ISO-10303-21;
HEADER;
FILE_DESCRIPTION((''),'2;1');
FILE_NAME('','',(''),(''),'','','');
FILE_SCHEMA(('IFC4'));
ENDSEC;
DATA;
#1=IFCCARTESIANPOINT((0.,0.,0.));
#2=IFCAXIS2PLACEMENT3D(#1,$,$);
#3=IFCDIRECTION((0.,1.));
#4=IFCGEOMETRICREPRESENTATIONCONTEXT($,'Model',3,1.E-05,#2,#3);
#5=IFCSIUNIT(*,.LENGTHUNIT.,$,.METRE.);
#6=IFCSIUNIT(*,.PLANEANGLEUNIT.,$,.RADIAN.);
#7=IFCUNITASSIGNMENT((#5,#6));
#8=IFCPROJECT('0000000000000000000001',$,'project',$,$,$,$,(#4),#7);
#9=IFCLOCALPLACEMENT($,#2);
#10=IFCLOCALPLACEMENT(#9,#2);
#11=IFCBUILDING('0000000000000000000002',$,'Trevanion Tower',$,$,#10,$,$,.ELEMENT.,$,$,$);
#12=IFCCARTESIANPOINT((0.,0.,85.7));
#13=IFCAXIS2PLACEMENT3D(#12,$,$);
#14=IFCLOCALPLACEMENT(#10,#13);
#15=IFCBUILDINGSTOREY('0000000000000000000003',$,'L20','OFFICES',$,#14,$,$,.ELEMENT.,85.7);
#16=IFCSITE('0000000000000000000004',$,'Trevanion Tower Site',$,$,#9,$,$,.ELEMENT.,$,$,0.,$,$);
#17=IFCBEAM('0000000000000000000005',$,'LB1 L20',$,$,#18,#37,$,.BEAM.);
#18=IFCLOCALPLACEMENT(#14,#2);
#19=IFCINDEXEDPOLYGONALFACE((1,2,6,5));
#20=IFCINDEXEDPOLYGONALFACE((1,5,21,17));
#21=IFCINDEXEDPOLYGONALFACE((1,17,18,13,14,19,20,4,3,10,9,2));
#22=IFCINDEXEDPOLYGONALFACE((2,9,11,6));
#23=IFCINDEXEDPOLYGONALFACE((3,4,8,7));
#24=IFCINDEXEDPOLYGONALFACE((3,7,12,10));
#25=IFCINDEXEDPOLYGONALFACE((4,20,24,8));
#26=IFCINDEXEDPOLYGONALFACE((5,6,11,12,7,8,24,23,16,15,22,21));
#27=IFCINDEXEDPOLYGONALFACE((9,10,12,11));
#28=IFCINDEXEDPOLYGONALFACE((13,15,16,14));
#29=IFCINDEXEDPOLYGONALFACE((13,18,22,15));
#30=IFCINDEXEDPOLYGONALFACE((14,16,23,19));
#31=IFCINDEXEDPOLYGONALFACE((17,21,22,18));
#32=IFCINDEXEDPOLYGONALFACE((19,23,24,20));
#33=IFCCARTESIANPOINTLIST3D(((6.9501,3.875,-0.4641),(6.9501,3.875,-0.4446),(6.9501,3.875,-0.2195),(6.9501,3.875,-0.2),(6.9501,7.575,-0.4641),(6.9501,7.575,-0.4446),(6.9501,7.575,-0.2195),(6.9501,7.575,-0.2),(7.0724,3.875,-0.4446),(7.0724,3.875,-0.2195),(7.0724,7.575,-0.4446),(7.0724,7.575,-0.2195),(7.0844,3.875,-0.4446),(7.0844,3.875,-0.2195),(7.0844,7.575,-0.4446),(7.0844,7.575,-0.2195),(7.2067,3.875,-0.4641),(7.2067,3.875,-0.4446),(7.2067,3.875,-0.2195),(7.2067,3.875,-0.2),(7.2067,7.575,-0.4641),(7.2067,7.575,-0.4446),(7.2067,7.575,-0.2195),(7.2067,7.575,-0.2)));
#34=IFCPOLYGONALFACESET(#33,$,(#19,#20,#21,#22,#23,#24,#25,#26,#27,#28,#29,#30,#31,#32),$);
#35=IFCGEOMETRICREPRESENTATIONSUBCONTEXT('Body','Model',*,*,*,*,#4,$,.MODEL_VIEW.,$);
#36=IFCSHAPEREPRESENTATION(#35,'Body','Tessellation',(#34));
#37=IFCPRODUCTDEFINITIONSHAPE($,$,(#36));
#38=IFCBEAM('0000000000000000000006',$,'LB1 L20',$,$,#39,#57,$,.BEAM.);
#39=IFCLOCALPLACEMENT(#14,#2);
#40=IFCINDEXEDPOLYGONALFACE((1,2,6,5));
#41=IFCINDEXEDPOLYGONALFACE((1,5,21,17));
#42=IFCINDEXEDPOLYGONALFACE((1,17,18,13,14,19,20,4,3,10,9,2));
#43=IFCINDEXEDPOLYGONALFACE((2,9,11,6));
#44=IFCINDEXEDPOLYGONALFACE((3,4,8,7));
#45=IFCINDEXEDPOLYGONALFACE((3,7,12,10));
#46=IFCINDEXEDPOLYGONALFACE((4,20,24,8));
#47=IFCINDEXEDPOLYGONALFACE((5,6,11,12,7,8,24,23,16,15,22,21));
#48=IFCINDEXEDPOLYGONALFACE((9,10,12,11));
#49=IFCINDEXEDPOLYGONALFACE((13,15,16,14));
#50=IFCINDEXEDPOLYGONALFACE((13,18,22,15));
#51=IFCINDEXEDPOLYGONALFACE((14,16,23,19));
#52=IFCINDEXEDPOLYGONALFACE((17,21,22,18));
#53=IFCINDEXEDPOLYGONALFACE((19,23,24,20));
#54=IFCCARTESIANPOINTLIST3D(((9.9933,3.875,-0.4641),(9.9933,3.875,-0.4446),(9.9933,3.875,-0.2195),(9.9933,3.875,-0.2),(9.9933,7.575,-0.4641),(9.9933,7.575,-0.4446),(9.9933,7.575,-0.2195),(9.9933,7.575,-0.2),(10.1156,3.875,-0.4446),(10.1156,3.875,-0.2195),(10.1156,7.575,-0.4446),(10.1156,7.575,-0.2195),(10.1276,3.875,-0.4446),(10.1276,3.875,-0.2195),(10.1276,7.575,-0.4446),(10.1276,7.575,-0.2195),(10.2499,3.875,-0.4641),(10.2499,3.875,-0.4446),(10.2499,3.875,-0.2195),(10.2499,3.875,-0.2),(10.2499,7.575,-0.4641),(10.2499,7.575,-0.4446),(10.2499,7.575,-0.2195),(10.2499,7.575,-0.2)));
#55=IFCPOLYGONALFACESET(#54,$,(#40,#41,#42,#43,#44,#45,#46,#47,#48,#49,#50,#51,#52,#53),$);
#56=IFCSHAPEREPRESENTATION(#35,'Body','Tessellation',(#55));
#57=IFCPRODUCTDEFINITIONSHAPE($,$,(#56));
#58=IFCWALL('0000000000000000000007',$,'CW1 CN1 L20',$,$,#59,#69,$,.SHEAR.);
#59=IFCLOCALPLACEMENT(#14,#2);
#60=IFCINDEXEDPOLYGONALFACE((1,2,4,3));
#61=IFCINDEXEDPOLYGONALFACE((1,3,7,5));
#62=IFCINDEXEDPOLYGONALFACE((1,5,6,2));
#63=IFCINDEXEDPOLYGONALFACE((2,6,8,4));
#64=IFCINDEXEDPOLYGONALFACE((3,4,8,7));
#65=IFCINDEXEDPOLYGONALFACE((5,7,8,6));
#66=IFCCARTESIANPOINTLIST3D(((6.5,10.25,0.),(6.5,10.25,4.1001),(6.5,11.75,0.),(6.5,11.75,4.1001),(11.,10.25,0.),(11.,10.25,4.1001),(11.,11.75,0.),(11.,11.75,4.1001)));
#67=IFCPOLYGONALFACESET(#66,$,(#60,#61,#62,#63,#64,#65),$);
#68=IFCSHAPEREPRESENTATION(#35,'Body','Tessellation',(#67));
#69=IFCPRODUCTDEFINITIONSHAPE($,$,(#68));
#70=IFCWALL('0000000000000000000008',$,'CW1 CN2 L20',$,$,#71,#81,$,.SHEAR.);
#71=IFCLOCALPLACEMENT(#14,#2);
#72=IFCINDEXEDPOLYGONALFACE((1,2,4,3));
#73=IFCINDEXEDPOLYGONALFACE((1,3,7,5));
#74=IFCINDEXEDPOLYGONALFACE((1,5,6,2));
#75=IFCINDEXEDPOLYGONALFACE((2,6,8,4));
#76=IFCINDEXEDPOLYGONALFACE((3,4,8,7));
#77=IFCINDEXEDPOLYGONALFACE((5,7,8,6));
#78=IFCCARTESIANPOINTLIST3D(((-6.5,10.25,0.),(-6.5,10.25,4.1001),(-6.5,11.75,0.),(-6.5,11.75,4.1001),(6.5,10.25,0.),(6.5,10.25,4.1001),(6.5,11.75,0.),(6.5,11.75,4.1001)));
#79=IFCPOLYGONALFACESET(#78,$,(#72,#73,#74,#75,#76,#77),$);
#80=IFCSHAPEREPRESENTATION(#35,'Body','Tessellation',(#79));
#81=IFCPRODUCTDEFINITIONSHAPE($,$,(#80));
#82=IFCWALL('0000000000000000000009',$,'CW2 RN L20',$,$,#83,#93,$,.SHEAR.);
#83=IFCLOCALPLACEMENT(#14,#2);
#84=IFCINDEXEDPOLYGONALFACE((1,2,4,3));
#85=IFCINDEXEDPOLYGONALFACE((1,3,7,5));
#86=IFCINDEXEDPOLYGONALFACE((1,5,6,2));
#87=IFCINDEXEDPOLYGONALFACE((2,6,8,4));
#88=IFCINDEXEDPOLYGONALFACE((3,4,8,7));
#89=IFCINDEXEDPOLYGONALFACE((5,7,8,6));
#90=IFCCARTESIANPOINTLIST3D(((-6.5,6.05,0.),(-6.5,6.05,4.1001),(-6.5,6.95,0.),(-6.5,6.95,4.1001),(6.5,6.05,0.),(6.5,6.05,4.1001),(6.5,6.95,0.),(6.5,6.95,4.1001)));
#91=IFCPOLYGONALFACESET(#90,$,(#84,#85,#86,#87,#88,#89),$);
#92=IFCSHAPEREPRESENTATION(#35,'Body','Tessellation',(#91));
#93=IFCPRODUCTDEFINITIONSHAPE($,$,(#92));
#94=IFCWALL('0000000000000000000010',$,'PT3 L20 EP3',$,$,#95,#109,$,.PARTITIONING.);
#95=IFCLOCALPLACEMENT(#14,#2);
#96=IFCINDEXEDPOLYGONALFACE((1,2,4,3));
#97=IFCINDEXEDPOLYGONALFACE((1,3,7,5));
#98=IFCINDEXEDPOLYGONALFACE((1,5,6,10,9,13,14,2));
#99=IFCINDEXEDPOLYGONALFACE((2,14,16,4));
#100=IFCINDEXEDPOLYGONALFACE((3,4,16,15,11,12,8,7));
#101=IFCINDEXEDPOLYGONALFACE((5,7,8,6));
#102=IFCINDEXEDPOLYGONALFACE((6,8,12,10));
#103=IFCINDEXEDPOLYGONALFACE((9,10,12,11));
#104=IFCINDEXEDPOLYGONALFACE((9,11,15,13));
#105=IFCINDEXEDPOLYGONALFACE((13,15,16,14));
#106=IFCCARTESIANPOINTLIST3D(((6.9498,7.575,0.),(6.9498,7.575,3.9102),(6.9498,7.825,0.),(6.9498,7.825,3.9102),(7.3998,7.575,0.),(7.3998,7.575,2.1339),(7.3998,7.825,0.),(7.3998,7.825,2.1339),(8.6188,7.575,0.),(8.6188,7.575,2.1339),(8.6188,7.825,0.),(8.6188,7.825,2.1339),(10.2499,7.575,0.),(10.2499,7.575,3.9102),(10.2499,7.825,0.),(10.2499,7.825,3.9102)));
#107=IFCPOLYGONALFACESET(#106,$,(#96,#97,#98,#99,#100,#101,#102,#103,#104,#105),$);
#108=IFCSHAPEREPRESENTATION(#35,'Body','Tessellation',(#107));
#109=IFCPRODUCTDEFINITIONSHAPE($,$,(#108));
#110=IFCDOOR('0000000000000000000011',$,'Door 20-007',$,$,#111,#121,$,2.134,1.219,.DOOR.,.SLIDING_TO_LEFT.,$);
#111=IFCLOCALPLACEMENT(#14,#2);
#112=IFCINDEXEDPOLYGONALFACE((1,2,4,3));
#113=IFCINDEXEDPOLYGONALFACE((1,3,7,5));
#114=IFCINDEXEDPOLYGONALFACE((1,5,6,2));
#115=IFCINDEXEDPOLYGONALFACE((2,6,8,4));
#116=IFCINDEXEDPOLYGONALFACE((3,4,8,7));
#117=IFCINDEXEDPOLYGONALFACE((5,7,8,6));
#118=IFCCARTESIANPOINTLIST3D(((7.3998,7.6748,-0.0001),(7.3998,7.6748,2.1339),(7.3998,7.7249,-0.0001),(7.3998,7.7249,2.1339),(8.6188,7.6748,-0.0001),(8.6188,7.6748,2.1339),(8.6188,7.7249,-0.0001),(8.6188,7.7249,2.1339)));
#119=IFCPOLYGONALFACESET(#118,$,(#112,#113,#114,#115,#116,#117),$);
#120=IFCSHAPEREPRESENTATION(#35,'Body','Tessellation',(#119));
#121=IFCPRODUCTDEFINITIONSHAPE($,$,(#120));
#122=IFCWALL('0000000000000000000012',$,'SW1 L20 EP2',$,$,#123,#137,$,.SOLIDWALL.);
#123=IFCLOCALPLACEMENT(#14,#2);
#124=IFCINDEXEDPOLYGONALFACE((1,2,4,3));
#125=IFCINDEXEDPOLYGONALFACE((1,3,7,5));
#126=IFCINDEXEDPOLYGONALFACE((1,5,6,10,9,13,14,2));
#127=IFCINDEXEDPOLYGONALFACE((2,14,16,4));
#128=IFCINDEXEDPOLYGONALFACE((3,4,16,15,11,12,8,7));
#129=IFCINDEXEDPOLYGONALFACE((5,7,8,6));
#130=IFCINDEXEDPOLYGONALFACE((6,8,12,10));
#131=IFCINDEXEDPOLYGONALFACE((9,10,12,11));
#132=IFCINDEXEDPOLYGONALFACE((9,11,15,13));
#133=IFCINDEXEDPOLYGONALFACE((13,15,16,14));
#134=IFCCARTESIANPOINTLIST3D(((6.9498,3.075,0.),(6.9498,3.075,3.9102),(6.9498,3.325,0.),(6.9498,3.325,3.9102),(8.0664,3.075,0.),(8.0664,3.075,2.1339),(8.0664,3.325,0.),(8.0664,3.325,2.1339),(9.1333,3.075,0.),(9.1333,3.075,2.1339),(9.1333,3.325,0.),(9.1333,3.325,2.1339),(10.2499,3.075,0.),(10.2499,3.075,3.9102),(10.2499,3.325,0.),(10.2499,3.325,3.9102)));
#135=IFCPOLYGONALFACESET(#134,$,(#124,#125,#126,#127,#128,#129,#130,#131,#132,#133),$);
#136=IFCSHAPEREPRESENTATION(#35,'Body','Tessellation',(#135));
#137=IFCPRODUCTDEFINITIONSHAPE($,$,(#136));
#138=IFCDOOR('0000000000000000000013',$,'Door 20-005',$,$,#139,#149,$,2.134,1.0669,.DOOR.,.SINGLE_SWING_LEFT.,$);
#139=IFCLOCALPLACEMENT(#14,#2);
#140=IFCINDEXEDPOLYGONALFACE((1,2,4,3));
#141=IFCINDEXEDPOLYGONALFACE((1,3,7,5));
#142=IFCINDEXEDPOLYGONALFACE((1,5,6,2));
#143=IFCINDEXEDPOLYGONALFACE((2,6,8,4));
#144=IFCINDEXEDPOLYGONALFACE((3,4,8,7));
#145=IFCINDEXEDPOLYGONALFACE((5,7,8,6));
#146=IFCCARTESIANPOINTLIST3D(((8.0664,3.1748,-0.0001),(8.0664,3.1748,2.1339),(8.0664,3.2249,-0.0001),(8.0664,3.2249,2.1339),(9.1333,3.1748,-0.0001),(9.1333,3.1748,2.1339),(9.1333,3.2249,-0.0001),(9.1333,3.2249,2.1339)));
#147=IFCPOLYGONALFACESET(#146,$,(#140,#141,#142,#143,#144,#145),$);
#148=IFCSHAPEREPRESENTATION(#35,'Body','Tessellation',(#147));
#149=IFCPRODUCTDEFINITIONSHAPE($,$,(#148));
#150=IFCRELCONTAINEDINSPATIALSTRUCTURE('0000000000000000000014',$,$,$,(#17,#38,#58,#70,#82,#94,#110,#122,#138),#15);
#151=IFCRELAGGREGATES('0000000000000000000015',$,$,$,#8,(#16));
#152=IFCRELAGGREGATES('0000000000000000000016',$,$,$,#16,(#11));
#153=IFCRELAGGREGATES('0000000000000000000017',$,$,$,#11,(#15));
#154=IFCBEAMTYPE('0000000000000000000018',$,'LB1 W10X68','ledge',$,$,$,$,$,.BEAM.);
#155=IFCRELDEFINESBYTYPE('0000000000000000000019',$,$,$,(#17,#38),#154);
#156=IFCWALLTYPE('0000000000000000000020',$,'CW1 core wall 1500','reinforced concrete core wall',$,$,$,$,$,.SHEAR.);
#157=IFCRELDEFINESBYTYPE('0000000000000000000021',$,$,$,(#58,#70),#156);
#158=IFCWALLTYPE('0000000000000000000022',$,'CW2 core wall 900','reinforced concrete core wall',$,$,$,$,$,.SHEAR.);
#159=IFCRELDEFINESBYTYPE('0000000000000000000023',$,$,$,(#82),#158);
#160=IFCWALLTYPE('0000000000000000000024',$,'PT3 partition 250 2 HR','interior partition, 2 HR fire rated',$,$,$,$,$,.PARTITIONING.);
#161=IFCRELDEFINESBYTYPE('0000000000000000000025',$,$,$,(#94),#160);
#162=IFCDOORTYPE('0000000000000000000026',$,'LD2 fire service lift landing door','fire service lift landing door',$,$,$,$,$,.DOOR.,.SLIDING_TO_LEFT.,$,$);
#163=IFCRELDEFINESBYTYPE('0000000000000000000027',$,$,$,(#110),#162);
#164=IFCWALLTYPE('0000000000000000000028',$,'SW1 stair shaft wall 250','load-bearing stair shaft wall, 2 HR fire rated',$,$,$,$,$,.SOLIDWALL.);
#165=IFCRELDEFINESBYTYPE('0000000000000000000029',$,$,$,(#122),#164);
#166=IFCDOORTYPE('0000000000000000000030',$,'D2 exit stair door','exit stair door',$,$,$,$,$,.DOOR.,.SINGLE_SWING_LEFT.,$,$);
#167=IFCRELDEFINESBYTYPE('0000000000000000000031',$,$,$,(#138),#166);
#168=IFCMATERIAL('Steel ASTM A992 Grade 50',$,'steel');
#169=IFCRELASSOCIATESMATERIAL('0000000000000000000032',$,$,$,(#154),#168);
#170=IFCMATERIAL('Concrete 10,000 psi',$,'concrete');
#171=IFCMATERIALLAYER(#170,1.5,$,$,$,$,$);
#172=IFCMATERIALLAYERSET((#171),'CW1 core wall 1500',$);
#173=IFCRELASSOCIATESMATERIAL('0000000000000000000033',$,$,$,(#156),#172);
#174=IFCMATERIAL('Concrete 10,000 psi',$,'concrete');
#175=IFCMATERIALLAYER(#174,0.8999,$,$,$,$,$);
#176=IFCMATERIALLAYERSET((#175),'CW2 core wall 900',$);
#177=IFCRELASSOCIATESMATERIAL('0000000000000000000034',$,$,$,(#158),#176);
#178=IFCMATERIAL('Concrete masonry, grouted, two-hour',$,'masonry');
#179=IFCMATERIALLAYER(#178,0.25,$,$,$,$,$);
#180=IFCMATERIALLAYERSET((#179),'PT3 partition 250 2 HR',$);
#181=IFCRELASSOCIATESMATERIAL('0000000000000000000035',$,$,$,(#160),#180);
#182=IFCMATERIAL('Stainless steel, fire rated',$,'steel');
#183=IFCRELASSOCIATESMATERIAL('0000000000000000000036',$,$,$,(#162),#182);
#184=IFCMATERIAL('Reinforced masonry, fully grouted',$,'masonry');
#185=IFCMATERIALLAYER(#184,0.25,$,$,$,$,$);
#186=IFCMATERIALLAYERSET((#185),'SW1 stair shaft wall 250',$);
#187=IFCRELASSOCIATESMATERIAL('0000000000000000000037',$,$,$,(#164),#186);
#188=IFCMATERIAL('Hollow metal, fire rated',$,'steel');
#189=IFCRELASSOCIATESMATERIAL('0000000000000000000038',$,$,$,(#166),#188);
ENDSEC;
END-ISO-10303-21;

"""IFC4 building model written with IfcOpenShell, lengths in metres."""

from ifc_helpers import new_model, si_unit, direction, frame, frame_2d, origin, origin_2d, place, context, subcontext, project, spatial, rectangle, i_section, extrude, material, layer, layer_set, material_profile, profile_set, type_object, element, fill, save


model = new_model("IFC4")

# Units and contexts
model_context = context("Model", 3, precision=1e-05, world=origin(), true_north=direction((0.0, 1.0)))
body_context = subcontext(model_context, "Body", "Model", "MODEL_VIEW")
ifc_project = project(units=[si_unit("LENGTHUNIT", "METRE"), si_unit("PLANEANGLEUNIT", "RADIAN")], contexts=[model_context])

# Site, building, storey
site_placement = place(None, origin())
site = spatial("IfcSite", under=ifc_project, at=site_placement, Name="Trevanion Tower Site", CompositionType="ELEMENT", RefElevation=0.0)
building_placement = place(site_placement, origin())
building = spatial("IfcBuilding", under=site, at=building_placement, Name="Trevanion Tower", CompositionType="ELEMENT")
storey_placement = place(building_placement, frame((0.0, 0.0, 85.7)))
storey = spatial("IfcBuildingStorey", under=building, at=storey_placement, Name="L20", Description="OFFICES", CompositionType="ELEMENT", Elevation=85.7)

# Beams
ifc_material_1 = material(Name="Steel ASTM A992 Grade 50", Category="steel")
ifc_material_profile_1 = material_profile(ifc_material_1, i_section(OverallWidth=0.2566, OverallDepth=0.2642, WebThickness=0.012, FlangeThickness=0.0195, at=origin_2d()), Name="W10X68")
ifc_profile_set_1 = profile_set([ifc_material_profile_1], Name="Steel ASTM A992 Grade 50")
beam_type_1 = type_object("IfcBeamType", Name="LB1 W10X68", Description="ledge", PredefinedType="BEAM", material=ifc_profile_set_1)
for number, where, z_axis, x_axis, name in (
    (1, (7.0784, 3.875, -0.332), (0.0, 1.0, 0.0), (-1.0, 0.0, 0.0), "LB1 L20"),
    (2, (10.1216, 3.875, -0.332), (0.0, 1.0, 0.0), (-1.0, 0.0, 0.0), "LB1 L20"),
):
    element("IfcBeam", number, at=place(storey_placement, frame(where, z_axis=z_axis, x_axis=x_axis)), inside=storey, type_object=beam_type_1, Name=name, PredefinedType="BEAM", context=body_context, shape_type="SweptSolid", body=[
        extrude(i_section(OverallWidth=0.2566, OverallDepth=0.2642, WebThickness=0.012, FlangeThickness=0.0195, at=origin_2d()), origin(), (0.0, 0.0, 1.0), 3.7),
    ])

# Walls
ifc_material_2 = material(Name="Concrete 10,000 psi", Category="concrete")
ifc_layer_1 = layer(ifc_material_2, 1.5)
ifc_layer_set_1 = layer_set([ifc_layer_1], Name="CW1 core wall 1500")
wall_type_1 = type_object("IfcWallType", Name="CW1 core wall 1500", Description="reinforced concrete core wall", PredefinedType="SHEAR", material=ifc_layer_set_1)
wall_1_placement = place(storey_placement, frame((11.0, 11.0, 0.0), z_axis=(0.0, 0.0, 1.0), x_axis=(-1.0, 0.0, 0.0)))
element("IfcWall", 3, at=wall_1_placement, inside=storey, type_object=wall_type_1, Name="CW1 CN1 L20", PredefinedType="SHEAR", context=body_context, shape_type="SweptSolid", body=[
    extrude(rectangle(XDim=4.5, YDim=1.5, at=frame_2d((2.25, 0.0))), origin(), (0.0, 0.0, 1.0), 4.1001),
])
wall_2_placement = place(storey_placement, frame((6.5, 11.0, 0.0), z_axis=(0.0, 0.0, 1.0), x_axis=(-1.0, 0.0, 0.0)))
element("IfcWall", 4, at=wall_2_placement, inside=storey, type_object=wall_type_1, Name="CW1 CN2 L20", PredefinedType="SHEAR", context=body_context, shape_type="SweptSolid", body=[
    extrude(rectangle(XDim=13.0, YDim=1.5, at=frame_2d((6.5, 0.0))), origin(), (0.0, 0.0, 1.0), 4.1001),
])
ifc_material_3 = material(Name="Concrete 10,000 psi", Category="concrete")
ifc_layer_2 = layer(ifc_material_3, 0.8999)
ifc_layer_set_2 = layer_set([ifc_layer_2], Name="CW2 core wall 900")
wall_type_2 = type_object("IfcWallType", Name="CW2 core wall 900", Description="reinforced concrete core wall", PredefinedType="SHEAR", material=ifc_layer_set_2)
wall_3_placement = place(storey_placement, frame((6.5, 6.5, 0.0), z_axis=(0.0, 0.0, 1.0), x_axis=(-1.0, 0.0, 0.0)))
element("IfcWall", 5, at=wall_3_placement, inside=storey, type_object=wall_type_2, Name="CW2 RN L20", PredefinedType="SHEAR", context=body_context, shape_type="SweptSolid", body=[
    extrude(rectangle(XDim=13.0, YDim=0.8999, at=frame_2d((6.5, 0.0))), origin(), (0.0, 0.0, 1.0), 4.1001),
])

# Walls, openings, doors
ifc_material_4 = material(Name="Concrete masonry, grouted, two-hour", Category="masonry")
ifc_layer_3 = layer(ifc_material_4, 0.25)
ifc_layer_set_3 = layer_set([ifc_layer_3], Name="PT3 partition 250 2 HR")
wall_type_3 = type_object("IfcWallType", Name="PT3 partition 250 2 HR", Description="interior partition, 2 HR fire rated", PredefinedType="PARTITIONING", material=ifc_layer_set_3)
wall_4_placement = place(storey_placement, frame((6.95, 7.7, 0.0), z_axis=(0.0, 0.0, 1.0), x_axis=(1.0, 0.0, 0.0)))
wall_4 = element("IfcWall", 6, at=wall_4_placement, inside=storey, type_object=wall_type_3, Name="PT3 L20 EP3", PredefinedType="PARTITIONING", context=body_context, shape_type="SweptSolid", body=[
    extrude(rectangle(XDim=3.3, YDim=0.25, at=frame_2d((1.6499, 0.0))), origin(), (0.0, 0.0, 1.0), 3.9102),
])
opening_1_placement = place(wall_4_placement, frame((0.45, 0.0, 0.0)))
opening_1 = element("IfcOpeningElement", 7, at=opening_1_placement, cuts=wall_4, PredefinedType="OPENING", context=body_context, shape_type="SweptSolid", body=[
    extrude(rectangle(XDim=1.219, YDim=2.134, at=frame_2d((0.6094, 1.0669))), frame((0.0, 0.135, 0.0), z_axis=(0.0, -1.0, 0.0), x_axis=(1.0, 0.0, 0.0)), (0.0, 0.0, 1.0), 0.27),
])
ifc_material_5 = material(Name="Stainless steel, fire rated", Category="steel")
door_type_1 = type_object("IfcDoorType", Name="LD2 fire service lift landing door", Description="fire service lift landing door", OperationType="SLIDING_TO_LEFT", PredefinedType="DOOR", material=ifc_material_5)
door_1_placement = place(opening_1_placement, origin())
door_1 = element("IfcDoor", 8, at=door_1_placement, inside=storey, type_object=door_type_1, Name="Door 20-007", OperationType="SLIDING_TO_LEFT", OverallHeight=2.134, OverallWidth=1.219, PredefinedType="DOOR", context=body_context, shape_type="SweptSolid", body=[
    extrude(rectangle(XDim=1.219, YDim=2.134, at=frame_2d((0.6094, 1.0669))), frame((0.0, 0.0249, 0.0), z_axis=(0.0, -1.0, 0.0), x_axis=(1.0, 0.0, 0.0)), (0.0, 0.0, 1.0), 0.05),
])
fill(opening_1, door_1)
ifc_material_6 = material(Name="Reinforced masonry, fully grouted", Category="masonry")
ifc_layer_4 = layer(ifc_material_6, 0.25)
ifc_layer_set_4 = layer_set([ifc_layer_4], Name="SW1 stair shaft wall 250")
wall_type_4 = type_object("IfcWallType", Name="SW1 stair shaft wall 250", Description="load-bearing stair shaft wall, 2 HR fire rated", PredefinedType="SOLIDWALL", material=ifc_layer_set_4)
wall_5_placement = place(storey_placement, frame((6.95, 3.2, 0.0), z_axis=(0.0, 0.0, 1.0), x_axis=(1.0, 0.0, 0.0)))
wall_5 = element("IfcWall", 9, at=wall_5_placement, inside=storey, type_object=wall_type_4, Name="SW1 L20 EP2", PredefinedType="SOLIDWALL", context=body_context, shape_type="SweptSolid", body=[
    extrude(rectangle(XDim=3.3, YDim=0.25, at=frame_2d((1.6499, 0.0))), origin(), (0.0, 0.0, 1.0), 3.9102),
])
opening_2_placement = place(wall_5_placement, frame((1.1165, 0.0, 0.0)))
opening_2 = element("IfcOpeningElement", 10, at=opening_2_placement, cuts=wall_5, PredefinedType="OPENING", context=body_context, shape_type="SweptSolid", body=[
    extrude(rectangle(XDim=1.0669, YDim=2.134, at=frame_2d((0.5334, 1.0669))), frame((0.0, 0.135, 0.0), z_axis=(0.0, -1.0, 0.0), x_axis=(1.0, 0.0, 0.0)), (0.0, 0.0, 1.0), 0.27),
])
ifc_material_7 = material(Name="Hollow metal, fire rated", Category="steel")
door_type_2 = type_object("IfcDoorType", Name="D2 exit stair door", Description="exit stair door", OperationType="SINGLE_SWING_LEFT", PredefinedType="DOOR", material=ifc_material_7)
door_2_placement = place(opening_2_placement, origin())
door_2 = element("IfcDoor", 11, at=door_2_placement, inside=storey, type_object=door_type_2, Name="Door 20-005", OperationType="SINGLE_SWING_LEFT", OverallHeight=2.134, OverallWidth=1.0669, PredefinedType="DOOR", context=body_context, shape_type="SweptSolid", body=[
    extrude(rectangle(XDim=1.0669, YDim=2.134, at=frame_2d((0.5334, 1.0669))), frame((0.0, 0.0249, 0.0), z_axis=(0.0, -1.0, 0.0), x_axis=(1.0, 0.0, 0.0)), (0.0, 0.0, 1.0), 0.05),
])
fill(opening_2, door_2)

save(model, "model.ifc")
